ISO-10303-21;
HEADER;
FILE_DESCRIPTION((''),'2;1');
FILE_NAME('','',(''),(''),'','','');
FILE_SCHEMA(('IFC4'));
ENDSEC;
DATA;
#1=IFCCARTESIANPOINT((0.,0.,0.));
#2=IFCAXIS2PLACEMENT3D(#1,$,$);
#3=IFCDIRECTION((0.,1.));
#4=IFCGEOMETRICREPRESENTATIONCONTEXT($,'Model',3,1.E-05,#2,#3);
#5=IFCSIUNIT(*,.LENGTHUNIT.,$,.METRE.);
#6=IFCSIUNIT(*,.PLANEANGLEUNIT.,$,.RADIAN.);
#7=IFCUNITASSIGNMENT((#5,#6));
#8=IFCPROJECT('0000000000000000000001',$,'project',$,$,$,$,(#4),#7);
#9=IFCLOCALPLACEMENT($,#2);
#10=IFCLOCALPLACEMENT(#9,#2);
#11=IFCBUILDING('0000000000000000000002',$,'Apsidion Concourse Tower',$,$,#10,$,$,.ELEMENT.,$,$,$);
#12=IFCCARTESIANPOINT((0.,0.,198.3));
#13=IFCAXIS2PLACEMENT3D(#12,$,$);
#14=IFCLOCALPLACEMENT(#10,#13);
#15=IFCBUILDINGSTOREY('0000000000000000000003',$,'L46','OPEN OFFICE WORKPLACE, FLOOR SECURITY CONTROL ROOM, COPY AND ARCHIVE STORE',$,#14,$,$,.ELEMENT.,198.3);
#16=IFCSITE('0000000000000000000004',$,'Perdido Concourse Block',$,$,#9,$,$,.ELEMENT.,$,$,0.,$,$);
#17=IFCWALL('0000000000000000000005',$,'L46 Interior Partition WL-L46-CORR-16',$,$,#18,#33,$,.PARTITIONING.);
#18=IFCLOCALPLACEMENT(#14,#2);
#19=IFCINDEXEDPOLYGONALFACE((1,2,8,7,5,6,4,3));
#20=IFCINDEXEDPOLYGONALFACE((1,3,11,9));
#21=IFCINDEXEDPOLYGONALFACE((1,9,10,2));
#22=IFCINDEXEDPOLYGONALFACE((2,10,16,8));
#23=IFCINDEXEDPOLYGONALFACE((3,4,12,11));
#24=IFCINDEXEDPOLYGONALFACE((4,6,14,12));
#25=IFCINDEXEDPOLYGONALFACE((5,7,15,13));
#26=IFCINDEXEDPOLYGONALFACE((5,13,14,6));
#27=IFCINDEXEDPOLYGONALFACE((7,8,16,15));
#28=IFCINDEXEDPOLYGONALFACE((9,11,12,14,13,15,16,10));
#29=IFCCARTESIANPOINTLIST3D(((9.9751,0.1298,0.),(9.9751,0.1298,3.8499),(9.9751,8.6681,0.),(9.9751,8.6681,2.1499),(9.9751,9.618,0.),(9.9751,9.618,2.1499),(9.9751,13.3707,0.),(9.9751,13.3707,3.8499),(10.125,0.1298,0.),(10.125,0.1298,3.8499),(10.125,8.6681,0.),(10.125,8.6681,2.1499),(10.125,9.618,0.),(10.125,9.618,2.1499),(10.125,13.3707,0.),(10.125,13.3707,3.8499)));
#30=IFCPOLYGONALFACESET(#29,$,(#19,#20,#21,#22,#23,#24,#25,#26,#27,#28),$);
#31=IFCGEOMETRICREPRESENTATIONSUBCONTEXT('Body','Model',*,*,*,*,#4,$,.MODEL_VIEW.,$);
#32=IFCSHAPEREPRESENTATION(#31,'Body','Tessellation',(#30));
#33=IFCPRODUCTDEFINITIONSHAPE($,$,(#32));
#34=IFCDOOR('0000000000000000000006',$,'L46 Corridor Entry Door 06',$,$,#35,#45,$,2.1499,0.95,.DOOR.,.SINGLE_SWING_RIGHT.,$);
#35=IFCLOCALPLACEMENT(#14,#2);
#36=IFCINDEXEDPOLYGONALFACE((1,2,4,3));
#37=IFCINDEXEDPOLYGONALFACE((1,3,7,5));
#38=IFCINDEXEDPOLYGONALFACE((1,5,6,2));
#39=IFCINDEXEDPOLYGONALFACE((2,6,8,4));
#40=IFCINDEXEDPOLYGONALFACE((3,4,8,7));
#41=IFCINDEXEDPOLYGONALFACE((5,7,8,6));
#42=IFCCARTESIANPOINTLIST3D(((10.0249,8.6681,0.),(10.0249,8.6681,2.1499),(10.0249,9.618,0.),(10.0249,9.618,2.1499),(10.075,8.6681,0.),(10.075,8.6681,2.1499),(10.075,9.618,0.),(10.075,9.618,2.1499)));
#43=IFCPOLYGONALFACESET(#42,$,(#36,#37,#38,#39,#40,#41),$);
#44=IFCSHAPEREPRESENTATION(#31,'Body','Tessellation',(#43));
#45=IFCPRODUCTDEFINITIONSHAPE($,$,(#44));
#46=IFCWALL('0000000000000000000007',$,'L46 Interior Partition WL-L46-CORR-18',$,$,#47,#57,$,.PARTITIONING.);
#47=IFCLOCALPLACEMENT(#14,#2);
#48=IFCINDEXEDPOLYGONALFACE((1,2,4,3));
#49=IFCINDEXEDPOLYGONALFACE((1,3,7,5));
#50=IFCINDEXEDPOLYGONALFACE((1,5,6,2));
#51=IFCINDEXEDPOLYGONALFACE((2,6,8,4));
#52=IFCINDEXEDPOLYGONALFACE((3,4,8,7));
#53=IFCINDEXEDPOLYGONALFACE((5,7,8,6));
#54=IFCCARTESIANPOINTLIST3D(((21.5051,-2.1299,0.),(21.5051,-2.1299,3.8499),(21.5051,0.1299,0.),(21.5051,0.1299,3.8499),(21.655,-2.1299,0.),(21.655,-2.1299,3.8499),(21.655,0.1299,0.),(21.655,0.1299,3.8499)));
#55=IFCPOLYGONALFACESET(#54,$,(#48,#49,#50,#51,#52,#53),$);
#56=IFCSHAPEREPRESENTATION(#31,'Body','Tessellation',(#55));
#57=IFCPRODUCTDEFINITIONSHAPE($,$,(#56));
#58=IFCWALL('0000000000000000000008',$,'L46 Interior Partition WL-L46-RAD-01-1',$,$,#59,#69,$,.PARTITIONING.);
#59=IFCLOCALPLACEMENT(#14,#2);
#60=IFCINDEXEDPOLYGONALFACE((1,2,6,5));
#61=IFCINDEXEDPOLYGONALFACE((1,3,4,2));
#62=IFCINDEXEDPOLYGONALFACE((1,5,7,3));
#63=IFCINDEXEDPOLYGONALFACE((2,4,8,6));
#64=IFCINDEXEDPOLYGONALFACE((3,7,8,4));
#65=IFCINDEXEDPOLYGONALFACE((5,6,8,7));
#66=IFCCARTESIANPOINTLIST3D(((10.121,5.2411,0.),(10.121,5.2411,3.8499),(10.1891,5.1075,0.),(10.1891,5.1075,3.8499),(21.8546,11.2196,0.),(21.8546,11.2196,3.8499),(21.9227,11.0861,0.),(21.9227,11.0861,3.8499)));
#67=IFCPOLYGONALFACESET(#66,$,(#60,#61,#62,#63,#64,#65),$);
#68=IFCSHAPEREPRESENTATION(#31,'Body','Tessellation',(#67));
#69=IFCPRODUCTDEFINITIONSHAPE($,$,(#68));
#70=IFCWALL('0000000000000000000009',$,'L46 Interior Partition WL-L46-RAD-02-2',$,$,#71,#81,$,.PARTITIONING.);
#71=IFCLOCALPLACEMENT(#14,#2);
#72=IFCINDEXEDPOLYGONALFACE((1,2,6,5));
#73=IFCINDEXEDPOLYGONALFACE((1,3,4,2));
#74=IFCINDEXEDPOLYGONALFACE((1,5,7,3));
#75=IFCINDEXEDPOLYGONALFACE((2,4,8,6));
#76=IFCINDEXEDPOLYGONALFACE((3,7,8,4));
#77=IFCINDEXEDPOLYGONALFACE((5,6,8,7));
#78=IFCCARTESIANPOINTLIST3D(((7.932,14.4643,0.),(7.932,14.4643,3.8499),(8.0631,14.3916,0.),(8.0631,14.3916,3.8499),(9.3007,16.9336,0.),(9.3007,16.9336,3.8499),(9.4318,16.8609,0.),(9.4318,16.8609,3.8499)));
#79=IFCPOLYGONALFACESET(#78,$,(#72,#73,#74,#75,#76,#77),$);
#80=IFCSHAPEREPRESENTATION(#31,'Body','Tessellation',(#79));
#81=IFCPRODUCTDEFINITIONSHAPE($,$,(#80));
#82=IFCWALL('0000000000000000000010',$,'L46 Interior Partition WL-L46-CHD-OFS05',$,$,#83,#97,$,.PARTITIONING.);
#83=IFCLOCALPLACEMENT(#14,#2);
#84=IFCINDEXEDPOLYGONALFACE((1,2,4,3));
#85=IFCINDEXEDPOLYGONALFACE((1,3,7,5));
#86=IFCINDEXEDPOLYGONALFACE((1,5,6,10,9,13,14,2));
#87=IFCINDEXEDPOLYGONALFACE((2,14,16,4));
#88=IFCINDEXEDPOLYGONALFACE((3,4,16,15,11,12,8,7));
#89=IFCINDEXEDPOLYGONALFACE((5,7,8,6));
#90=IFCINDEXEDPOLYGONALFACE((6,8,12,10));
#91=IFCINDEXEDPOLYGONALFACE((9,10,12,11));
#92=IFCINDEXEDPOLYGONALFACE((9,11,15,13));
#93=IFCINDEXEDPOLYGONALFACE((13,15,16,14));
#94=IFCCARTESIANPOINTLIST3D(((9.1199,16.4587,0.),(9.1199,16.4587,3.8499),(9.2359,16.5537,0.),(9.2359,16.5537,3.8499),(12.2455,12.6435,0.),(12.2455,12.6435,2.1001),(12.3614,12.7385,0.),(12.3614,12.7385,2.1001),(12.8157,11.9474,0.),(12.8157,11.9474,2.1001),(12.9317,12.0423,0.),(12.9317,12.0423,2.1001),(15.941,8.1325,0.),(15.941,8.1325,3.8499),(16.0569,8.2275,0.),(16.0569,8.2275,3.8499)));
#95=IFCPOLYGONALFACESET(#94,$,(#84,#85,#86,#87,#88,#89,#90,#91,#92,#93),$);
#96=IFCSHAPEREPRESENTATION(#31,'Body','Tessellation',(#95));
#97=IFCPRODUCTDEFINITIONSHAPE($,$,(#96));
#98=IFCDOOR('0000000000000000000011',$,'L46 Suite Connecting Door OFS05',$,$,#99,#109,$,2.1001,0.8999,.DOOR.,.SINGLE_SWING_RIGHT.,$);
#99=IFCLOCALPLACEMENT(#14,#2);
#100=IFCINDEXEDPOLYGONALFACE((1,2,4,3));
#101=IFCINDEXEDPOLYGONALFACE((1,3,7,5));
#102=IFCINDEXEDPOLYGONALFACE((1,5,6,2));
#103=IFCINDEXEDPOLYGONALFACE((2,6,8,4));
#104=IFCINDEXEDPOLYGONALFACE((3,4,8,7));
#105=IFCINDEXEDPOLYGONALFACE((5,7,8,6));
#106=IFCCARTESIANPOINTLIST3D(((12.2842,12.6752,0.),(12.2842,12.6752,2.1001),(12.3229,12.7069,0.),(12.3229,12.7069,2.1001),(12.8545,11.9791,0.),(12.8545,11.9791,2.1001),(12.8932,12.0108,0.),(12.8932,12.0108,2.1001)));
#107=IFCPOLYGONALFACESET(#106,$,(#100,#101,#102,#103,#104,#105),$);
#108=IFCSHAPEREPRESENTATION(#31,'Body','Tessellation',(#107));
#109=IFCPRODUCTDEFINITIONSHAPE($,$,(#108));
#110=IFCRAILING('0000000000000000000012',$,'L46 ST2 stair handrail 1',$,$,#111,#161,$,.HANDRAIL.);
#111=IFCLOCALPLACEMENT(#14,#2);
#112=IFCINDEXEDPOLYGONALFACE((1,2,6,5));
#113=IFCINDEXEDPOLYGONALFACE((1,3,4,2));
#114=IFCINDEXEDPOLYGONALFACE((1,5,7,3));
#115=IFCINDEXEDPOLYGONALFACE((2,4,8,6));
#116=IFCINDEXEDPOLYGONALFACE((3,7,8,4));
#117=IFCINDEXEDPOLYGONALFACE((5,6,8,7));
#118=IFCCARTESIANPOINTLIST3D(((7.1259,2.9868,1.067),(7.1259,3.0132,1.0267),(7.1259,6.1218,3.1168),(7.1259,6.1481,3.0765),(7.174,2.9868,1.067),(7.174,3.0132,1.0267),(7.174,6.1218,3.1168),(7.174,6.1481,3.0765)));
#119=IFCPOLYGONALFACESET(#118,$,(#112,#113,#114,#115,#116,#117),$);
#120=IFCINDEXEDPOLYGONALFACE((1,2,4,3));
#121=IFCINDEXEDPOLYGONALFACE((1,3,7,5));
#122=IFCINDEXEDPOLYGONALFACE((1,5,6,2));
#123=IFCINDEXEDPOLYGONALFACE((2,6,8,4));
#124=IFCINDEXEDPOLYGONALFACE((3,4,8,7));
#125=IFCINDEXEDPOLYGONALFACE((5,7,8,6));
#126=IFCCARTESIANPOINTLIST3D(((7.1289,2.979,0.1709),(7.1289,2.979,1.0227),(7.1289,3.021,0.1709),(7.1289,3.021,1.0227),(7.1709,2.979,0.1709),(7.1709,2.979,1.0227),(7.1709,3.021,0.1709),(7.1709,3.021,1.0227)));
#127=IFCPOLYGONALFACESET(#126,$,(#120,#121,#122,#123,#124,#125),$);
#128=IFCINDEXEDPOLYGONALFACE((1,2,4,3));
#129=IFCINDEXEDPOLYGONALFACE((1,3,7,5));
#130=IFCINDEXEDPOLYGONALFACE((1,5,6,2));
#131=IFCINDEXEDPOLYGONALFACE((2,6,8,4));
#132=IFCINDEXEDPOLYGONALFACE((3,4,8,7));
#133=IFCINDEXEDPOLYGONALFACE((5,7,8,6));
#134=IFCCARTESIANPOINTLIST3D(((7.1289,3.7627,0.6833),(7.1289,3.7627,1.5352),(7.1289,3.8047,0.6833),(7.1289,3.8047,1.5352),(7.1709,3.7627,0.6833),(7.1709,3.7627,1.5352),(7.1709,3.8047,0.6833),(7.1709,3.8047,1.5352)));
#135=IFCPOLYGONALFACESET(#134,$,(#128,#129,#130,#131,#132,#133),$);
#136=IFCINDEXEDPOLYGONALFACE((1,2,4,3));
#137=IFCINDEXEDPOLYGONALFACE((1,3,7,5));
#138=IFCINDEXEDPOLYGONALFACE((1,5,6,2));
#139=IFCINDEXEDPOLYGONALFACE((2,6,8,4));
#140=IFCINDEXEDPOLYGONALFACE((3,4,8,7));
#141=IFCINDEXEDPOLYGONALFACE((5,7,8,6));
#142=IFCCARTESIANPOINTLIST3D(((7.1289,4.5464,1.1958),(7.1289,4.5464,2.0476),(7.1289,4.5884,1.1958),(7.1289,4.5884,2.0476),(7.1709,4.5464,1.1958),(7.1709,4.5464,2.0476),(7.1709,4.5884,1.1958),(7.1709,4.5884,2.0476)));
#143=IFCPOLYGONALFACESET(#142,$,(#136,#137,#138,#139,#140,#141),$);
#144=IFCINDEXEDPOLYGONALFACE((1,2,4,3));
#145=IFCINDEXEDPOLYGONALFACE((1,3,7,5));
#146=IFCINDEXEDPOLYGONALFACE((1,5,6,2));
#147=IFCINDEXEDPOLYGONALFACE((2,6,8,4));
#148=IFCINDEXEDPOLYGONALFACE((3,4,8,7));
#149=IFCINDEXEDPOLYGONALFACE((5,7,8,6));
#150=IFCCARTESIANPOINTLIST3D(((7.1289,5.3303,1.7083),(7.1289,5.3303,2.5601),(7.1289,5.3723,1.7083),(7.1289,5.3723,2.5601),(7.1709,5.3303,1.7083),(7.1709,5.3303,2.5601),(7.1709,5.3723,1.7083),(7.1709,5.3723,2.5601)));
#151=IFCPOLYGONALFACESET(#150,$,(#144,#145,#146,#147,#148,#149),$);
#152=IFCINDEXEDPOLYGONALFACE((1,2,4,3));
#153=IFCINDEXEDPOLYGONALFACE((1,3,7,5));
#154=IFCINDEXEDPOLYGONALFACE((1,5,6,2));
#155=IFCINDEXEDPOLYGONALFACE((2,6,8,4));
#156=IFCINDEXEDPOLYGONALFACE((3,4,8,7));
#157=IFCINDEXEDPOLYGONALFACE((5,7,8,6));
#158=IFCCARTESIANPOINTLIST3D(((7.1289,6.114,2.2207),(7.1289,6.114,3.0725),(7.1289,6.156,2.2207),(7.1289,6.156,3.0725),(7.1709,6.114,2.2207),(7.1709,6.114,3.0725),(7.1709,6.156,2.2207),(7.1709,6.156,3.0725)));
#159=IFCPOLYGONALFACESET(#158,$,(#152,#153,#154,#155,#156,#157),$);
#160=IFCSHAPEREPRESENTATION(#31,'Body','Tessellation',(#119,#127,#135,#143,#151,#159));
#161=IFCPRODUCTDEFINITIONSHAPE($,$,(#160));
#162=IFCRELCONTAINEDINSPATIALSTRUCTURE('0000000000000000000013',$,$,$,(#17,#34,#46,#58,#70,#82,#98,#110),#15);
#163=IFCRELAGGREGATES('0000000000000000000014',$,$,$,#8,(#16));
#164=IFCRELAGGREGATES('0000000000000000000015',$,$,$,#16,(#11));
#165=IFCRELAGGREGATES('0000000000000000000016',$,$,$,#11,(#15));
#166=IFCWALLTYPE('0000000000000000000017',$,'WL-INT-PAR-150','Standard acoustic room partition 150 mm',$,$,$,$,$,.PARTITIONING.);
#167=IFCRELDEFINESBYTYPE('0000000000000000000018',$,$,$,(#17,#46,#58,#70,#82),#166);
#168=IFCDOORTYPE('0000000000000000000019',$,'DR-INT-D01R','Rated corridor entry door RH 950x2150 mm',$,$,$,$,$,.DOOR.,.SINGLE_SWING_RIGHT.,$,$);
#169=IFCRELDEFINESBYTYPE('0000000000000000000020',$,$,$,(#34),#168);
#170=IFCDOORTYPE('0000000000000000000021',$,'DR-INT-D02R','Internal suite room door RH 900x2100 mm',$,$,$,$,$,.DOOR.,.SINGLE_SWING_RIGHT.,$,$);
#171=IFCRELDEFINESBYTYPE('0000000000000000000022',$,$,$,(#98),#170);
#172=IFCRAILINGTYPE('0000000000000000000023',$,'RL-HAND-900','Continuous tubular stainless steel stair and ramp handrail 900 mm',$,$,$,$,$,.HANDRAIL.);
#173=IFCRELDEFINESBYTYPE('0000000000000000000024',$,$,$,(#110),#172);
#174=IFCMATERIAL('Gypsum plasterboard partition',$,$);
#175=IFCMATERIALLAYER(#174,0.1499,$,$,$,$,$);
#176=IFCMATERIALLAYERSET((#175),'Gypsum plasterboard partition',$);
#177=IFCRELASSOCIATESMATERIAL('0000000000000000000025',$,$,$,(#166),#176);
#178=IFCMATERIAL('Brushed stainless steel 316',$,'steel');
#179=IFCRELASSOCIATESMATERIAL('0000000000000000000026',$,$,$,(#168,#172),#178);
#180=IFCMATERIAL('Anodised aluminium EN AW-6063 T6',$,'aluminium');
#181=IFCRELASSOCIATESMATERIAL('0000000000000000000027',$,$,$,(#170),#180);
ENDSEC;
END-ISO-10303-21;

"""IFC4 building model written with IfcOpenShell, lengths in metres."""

from ifc_helpers import new_model, si_unit, direction, frame, frame_2d, origin, origin_2d, place, context, subcontext, project, spatial, rectangle, extrude, material, layer, layer_set, type_object, element, fill, save


model = new_model("IFC4")

# Units and contexts
model_context = context("Model", 3, precision=1e-05, world=origin(), true_north=direction((0.0, 1.0)))
body_context = subcontext(model_context, "Body", "Model", "MODEL_VIEW")
ifc_project = project(units=[si_unit("LENGTHUNIT", "METRE"), si_unit("PLANEANGLEUNIT", "RADIAN")], contexts=[model_context])

# Site, building, storey
site_placement = place(None, origin())
site = spatial("IfcSite", under=ifc_project, at=site_placement, Name="Perdido Concourse Block", CompositionType="ELEMENT", RefElevation=0.0)
building_placement = place(site_placement, origin())
building = spatial("IfcBuilding", under=site, at=building_placement, Name="Apsidion Concourse Tower", CompositionType="ELEMENT")
storey_placement = place(building_placement, frame((0.0, 0.0, 198.3)))
storey = spatial("IfcBuildingStorey", under=building, at=storey_placement, Name="L46", Description="OPEN OFFICE WORKPLACE, FLOOR SECURITY CONTROL ROOM, COPY AND ARCHIVE STORE", CompositionType="ELEMENT", Elevation=198.3)

# Shared definitions
ifc_material_1 = material(Name="Gypsum plasterboard partition")
ifc_layer_1 = layer(ifc_material_1, 0.1499)
ifc_layer_set_1 = layer_set([ifc_layer_1], Name="Gypsum plasterboard partition")
wall_type_1 = type_object("IfcWallType", Name="WL-INT-PAR-150", Description="Standard acoustic room partition 150 mm", PredefinedType="PARTITIONING", material=ifc_layer_set_1)

# Wall, opening, door
wall_1_placement = place(storey_placement, frame((10.05, 13.3708, 0.0), z_axis=(0.0, 0.0, 1.0), x_axis=(0.0, -1.0, 0.0)))
wall_1 = element("IfcWall", 1, at=wall_1_placement, inside=storey, type_object=wall_type_1, Name="L46 Interior Partition WL-L46-CORR-16", PredefinedType="PARTITIONING", context=body_context, shape_type="SweptSolid", body=[
    extrude(rectangle(XDim=13.241, YDim=0.1499, at=frame_2d((6.6206, 0.0))), origin(), (0.0, 0.0, 1.0), 3.8499),
])
opening_1_placement = place(wall_1_placement, frame((3.7527, 0.0, 0.0)))
opening_1 = element("IfcOpeningElement", 2, at=opening_1_placement, cuts=wall_1, PredefinedType="OPENING", context=body_context, shape_type="SweptSolid", body=[
    extrude(rectangle(XDim=0.95, YDim=2.1499, at=frame_2d((0.4751, 1.075))), frame((0.0, 0.085, 0.0), z_axis=(0.0, -1.0, 0.0), x_axis=(1.0, 0.0, 0.0)), (0.0, 0.0, 1.0), 0.1699),
])
ifc_material_2 = material(Name="Brushed stainless steel 316", Category="steel")
door_type_1 = type_object("IfcDoorType", Name="DR-INT-D01R", Description="Rated corridor entry door RH 950x2150 mm", OperationType="SINGLE_SWING_RIGHT", PredefinedType="DOOR", material=ifc_material_2)
door_1_placement = place(opening_1_placement, origin())
door_1 = element("IfcDoor", 3, at=door_1_placement, inside=storey, type_object=door_type_1, Name="L46 Corridor Entry Door 06", OperationType="SINGLE_SWING_RIGHT", OverallHeight=2.1499, OverallWidth=0.95, PredefinedType="DOOR", context=body_context, shape_type="SweptSolid", body=[
    extrude(rectangle(XDim=0.95, YDim=2.1499, at=frame_2d((0.4751, 1.075))), frame((0.0, 0.0249, 0.0), z_axis=(0.0, -1.0, 0.0), x_axis=(1.0, 0.0, 0.0)), (0.0, 0.0, 1.0), 0.05),
])
fill(opening_1, door_1)

# Walls
wall_2_placement = place(storey_placement, frame((21.5801, 0.1299, 0.0), z_axis=(0.0, 0.0, 1.0), x_axis=(0.0, -1.0, 0.0)))
element("IfcWall", 4, at=wall_2_placement, inside=storey, type_object=wall_type_1, Name="L46 Interior Partition WL-L46-CORR-18", PredefinedType="PARTITIONING", context=body_context, shape_type="SweptSolid", body=[
    extrude(rectangle(XDim=2.2598, YDim=0.1499, at=frame_2d((1.1299, 0.0))), origin(), (0.0, 0.0, 1.0), 3.8499),
])
wall_3_placement = place(storey_placement, frame((10.155, 5.1743, 0.0), z_axis=(0.0, 0.0, 1.0), x_axis=(0.891009, 0.453986, 0.0)))
element("IfcWall", 5, at=wall_3_placement, inside=storey, type_object=wall_type_1, Name="L46 Interior Partition WL-L46-RAD-01-1", PredefinedType="PARTITIONING", context=body_context, shape_type="SweptSolid", body=[
    extrude(rectangle(XDim=13.1689, YDim=0.1499, at=frame_2d((6.5845, 0.0))), origin(), (0.0, 0.0, 1.0), 3.8499),
])
wall_4_placement = place(storey_placement, frame((7.9976, 14.428, 0.0), z_axis=(0.0, 0.0, 1.0), x_axis=(0.484791, 0.87463, 0.0)))
element("IfcWall", 6, at=wall_4_placement, inside=storey, type_object=wall_type_1, Name="L46 Interior Partition WL-L46-RAD-02-2", PredefinedType="PARTITIONING", context=body_context, shape_type="SweptSolid", body=[
    extrude(rectangle(XDim=2.8232, YDim=0.1499, at=frame_2d((1.4116, 0.0))), origin(), (0.0, 0.0, 1.0), 3.8499),
])

# Wall, opening, door
wall_5_placement = place(storey_placement, frame((15.999, 8.1799, 0.0), z_axis=(0.0, 0.0, 1.0), x_axis=(-0.633723, 0.77356, 0.0)))
wall_5 = element("IfcWall", 7, at=wall_5_placement, inside=storey, type_object=wall_type_1, Name="L46 Interior Partition WL-L46-CHD-OFS05", PredefinedType="PARTITIONING", context=body_context, shape_type="SweptSolid", body=[
    extrude(rectangle(XDim=10.7634, YDim=0.1499, at=frame_2d((5.3818, 0.0))), origin(), (0.0, 0.0, 1.0), 3.8499),
])
opening_2_placement = place(wall_5_placement, frame((4.9316, 0.0, 0.0)))
opening_2 = element("IfcOpeningElement", 8, at=opening_2_placement, cuts=wall_5, PredefinedType="OPENING", context=body_context, shape_type="SweptSolid", body=[
    extrude(rectangle(XDim=0.8999, YDim=2.1001, at=frame_2d((0.45, 1.05))), frame((0.0, 0.085, 0.0), z_axis=(0.0, -1.0, 0.0), x_axis=(1.0, 0.0, 0.0)), (0.0, 0.0, 1.0), 0.1699),
])
ifc_material_3 = material(Name="Anodised aluminium EN AW-6063 T6", Category="aluminium")
door_type_2 = type_object("IfcDoorType", Name="DR-INT-D02R", Description="Internal suite room door RH 900x2100 mm", OperationType="SINGLE_SWING_RIGHT", PredefinedType="DOOR", material=ifc_material_3)
door_2_placement = place(opening_2_placement, origin())
door_2 = element("IfcDoor", 9, at=door_2_placement, inside=storey, type_object=door_type_2, Name="L46 Suite Connecting Door OFS05", OperationType="SINGLE_SWING_RIGHT", OverallHeight=2.1001, OverallWidth=0.8999, PredefinedType="DOOR", context=body_context, shape_type="SweptSolid", body=[
    extrude(rectangle(XDim=0.8999, YDim=2.1001, at=frame_2d((0.45, 1.05))), frame((0.0, 0.0249, 0.0), z_axis=(0.0, -1.0, 0.0), x_axis=(1.0, 0.0, 0.0)), (0.0, 0.0, 1.0), 0.05),
])
fill(opening_2, door_2)

# Railing
railing_type = type_object("IfcRailingType", Name="RL-HAND-900", Description="Continuous tubular stainless steel stair and ramp handrail 900 mm", PredefinedType="HANDRAIL", material=ifc_material_2)
railing_placement = place(storey_placement, frame((7.1499, 3.0, 0.1709)))
element("IfcRailing", 10, at=railing_placement, inside=storey, type_object=railing_type, Name="L46 ST2 stair handrail 1", PredefinedType="HANDRAIL", context=body_context, shape_type="SweptSolid", body=[
    extrude(rectangle(XDim=0.0481, YDim=0.0481, at=origin_2d()), frame((0.0, 0.0, 0.876), z_axis=(0.0, 0.836971, 0.547248), x_axis=(-1.0, 0.0, 0.0)), (0.0, 0.0, 1.0), 3.7456),
    extrude(rectangle(XDim=0.042, YDim=0.042, at=origin_2d()), origin(), (0.0, 0.0, 1.0), 0.8518),
    extrude(rectangle(XDim=0.042, YDim=0.042, at=origin_2d()), frame((0.0, 0.7837, 0.5125)), (0.0, 0.0, 1.0), 0.8518),
    extrude(rectangle(XDim=0.042, YDim=0.042, at=origin_2d()), frame((0.0, 1.5674, 1.0249)), (0.0, 0.0, 1.0), 0.8518),
    extrude(rectangle(XDim=0.042, YDim=0.042, at=origin_2d()), frame((0.0, 2.3513, 1.5374)), (0.0, 0.0, 1.0), 0.8518),
    extrude(rectangle(XDim=0.042, YDim=0.042, at=origin_2d()), frame((0.0, 3.135, 2.0498)), (0.0, 0.0, 1.0), 0.8518),
])

save(model, "model.ifc")
